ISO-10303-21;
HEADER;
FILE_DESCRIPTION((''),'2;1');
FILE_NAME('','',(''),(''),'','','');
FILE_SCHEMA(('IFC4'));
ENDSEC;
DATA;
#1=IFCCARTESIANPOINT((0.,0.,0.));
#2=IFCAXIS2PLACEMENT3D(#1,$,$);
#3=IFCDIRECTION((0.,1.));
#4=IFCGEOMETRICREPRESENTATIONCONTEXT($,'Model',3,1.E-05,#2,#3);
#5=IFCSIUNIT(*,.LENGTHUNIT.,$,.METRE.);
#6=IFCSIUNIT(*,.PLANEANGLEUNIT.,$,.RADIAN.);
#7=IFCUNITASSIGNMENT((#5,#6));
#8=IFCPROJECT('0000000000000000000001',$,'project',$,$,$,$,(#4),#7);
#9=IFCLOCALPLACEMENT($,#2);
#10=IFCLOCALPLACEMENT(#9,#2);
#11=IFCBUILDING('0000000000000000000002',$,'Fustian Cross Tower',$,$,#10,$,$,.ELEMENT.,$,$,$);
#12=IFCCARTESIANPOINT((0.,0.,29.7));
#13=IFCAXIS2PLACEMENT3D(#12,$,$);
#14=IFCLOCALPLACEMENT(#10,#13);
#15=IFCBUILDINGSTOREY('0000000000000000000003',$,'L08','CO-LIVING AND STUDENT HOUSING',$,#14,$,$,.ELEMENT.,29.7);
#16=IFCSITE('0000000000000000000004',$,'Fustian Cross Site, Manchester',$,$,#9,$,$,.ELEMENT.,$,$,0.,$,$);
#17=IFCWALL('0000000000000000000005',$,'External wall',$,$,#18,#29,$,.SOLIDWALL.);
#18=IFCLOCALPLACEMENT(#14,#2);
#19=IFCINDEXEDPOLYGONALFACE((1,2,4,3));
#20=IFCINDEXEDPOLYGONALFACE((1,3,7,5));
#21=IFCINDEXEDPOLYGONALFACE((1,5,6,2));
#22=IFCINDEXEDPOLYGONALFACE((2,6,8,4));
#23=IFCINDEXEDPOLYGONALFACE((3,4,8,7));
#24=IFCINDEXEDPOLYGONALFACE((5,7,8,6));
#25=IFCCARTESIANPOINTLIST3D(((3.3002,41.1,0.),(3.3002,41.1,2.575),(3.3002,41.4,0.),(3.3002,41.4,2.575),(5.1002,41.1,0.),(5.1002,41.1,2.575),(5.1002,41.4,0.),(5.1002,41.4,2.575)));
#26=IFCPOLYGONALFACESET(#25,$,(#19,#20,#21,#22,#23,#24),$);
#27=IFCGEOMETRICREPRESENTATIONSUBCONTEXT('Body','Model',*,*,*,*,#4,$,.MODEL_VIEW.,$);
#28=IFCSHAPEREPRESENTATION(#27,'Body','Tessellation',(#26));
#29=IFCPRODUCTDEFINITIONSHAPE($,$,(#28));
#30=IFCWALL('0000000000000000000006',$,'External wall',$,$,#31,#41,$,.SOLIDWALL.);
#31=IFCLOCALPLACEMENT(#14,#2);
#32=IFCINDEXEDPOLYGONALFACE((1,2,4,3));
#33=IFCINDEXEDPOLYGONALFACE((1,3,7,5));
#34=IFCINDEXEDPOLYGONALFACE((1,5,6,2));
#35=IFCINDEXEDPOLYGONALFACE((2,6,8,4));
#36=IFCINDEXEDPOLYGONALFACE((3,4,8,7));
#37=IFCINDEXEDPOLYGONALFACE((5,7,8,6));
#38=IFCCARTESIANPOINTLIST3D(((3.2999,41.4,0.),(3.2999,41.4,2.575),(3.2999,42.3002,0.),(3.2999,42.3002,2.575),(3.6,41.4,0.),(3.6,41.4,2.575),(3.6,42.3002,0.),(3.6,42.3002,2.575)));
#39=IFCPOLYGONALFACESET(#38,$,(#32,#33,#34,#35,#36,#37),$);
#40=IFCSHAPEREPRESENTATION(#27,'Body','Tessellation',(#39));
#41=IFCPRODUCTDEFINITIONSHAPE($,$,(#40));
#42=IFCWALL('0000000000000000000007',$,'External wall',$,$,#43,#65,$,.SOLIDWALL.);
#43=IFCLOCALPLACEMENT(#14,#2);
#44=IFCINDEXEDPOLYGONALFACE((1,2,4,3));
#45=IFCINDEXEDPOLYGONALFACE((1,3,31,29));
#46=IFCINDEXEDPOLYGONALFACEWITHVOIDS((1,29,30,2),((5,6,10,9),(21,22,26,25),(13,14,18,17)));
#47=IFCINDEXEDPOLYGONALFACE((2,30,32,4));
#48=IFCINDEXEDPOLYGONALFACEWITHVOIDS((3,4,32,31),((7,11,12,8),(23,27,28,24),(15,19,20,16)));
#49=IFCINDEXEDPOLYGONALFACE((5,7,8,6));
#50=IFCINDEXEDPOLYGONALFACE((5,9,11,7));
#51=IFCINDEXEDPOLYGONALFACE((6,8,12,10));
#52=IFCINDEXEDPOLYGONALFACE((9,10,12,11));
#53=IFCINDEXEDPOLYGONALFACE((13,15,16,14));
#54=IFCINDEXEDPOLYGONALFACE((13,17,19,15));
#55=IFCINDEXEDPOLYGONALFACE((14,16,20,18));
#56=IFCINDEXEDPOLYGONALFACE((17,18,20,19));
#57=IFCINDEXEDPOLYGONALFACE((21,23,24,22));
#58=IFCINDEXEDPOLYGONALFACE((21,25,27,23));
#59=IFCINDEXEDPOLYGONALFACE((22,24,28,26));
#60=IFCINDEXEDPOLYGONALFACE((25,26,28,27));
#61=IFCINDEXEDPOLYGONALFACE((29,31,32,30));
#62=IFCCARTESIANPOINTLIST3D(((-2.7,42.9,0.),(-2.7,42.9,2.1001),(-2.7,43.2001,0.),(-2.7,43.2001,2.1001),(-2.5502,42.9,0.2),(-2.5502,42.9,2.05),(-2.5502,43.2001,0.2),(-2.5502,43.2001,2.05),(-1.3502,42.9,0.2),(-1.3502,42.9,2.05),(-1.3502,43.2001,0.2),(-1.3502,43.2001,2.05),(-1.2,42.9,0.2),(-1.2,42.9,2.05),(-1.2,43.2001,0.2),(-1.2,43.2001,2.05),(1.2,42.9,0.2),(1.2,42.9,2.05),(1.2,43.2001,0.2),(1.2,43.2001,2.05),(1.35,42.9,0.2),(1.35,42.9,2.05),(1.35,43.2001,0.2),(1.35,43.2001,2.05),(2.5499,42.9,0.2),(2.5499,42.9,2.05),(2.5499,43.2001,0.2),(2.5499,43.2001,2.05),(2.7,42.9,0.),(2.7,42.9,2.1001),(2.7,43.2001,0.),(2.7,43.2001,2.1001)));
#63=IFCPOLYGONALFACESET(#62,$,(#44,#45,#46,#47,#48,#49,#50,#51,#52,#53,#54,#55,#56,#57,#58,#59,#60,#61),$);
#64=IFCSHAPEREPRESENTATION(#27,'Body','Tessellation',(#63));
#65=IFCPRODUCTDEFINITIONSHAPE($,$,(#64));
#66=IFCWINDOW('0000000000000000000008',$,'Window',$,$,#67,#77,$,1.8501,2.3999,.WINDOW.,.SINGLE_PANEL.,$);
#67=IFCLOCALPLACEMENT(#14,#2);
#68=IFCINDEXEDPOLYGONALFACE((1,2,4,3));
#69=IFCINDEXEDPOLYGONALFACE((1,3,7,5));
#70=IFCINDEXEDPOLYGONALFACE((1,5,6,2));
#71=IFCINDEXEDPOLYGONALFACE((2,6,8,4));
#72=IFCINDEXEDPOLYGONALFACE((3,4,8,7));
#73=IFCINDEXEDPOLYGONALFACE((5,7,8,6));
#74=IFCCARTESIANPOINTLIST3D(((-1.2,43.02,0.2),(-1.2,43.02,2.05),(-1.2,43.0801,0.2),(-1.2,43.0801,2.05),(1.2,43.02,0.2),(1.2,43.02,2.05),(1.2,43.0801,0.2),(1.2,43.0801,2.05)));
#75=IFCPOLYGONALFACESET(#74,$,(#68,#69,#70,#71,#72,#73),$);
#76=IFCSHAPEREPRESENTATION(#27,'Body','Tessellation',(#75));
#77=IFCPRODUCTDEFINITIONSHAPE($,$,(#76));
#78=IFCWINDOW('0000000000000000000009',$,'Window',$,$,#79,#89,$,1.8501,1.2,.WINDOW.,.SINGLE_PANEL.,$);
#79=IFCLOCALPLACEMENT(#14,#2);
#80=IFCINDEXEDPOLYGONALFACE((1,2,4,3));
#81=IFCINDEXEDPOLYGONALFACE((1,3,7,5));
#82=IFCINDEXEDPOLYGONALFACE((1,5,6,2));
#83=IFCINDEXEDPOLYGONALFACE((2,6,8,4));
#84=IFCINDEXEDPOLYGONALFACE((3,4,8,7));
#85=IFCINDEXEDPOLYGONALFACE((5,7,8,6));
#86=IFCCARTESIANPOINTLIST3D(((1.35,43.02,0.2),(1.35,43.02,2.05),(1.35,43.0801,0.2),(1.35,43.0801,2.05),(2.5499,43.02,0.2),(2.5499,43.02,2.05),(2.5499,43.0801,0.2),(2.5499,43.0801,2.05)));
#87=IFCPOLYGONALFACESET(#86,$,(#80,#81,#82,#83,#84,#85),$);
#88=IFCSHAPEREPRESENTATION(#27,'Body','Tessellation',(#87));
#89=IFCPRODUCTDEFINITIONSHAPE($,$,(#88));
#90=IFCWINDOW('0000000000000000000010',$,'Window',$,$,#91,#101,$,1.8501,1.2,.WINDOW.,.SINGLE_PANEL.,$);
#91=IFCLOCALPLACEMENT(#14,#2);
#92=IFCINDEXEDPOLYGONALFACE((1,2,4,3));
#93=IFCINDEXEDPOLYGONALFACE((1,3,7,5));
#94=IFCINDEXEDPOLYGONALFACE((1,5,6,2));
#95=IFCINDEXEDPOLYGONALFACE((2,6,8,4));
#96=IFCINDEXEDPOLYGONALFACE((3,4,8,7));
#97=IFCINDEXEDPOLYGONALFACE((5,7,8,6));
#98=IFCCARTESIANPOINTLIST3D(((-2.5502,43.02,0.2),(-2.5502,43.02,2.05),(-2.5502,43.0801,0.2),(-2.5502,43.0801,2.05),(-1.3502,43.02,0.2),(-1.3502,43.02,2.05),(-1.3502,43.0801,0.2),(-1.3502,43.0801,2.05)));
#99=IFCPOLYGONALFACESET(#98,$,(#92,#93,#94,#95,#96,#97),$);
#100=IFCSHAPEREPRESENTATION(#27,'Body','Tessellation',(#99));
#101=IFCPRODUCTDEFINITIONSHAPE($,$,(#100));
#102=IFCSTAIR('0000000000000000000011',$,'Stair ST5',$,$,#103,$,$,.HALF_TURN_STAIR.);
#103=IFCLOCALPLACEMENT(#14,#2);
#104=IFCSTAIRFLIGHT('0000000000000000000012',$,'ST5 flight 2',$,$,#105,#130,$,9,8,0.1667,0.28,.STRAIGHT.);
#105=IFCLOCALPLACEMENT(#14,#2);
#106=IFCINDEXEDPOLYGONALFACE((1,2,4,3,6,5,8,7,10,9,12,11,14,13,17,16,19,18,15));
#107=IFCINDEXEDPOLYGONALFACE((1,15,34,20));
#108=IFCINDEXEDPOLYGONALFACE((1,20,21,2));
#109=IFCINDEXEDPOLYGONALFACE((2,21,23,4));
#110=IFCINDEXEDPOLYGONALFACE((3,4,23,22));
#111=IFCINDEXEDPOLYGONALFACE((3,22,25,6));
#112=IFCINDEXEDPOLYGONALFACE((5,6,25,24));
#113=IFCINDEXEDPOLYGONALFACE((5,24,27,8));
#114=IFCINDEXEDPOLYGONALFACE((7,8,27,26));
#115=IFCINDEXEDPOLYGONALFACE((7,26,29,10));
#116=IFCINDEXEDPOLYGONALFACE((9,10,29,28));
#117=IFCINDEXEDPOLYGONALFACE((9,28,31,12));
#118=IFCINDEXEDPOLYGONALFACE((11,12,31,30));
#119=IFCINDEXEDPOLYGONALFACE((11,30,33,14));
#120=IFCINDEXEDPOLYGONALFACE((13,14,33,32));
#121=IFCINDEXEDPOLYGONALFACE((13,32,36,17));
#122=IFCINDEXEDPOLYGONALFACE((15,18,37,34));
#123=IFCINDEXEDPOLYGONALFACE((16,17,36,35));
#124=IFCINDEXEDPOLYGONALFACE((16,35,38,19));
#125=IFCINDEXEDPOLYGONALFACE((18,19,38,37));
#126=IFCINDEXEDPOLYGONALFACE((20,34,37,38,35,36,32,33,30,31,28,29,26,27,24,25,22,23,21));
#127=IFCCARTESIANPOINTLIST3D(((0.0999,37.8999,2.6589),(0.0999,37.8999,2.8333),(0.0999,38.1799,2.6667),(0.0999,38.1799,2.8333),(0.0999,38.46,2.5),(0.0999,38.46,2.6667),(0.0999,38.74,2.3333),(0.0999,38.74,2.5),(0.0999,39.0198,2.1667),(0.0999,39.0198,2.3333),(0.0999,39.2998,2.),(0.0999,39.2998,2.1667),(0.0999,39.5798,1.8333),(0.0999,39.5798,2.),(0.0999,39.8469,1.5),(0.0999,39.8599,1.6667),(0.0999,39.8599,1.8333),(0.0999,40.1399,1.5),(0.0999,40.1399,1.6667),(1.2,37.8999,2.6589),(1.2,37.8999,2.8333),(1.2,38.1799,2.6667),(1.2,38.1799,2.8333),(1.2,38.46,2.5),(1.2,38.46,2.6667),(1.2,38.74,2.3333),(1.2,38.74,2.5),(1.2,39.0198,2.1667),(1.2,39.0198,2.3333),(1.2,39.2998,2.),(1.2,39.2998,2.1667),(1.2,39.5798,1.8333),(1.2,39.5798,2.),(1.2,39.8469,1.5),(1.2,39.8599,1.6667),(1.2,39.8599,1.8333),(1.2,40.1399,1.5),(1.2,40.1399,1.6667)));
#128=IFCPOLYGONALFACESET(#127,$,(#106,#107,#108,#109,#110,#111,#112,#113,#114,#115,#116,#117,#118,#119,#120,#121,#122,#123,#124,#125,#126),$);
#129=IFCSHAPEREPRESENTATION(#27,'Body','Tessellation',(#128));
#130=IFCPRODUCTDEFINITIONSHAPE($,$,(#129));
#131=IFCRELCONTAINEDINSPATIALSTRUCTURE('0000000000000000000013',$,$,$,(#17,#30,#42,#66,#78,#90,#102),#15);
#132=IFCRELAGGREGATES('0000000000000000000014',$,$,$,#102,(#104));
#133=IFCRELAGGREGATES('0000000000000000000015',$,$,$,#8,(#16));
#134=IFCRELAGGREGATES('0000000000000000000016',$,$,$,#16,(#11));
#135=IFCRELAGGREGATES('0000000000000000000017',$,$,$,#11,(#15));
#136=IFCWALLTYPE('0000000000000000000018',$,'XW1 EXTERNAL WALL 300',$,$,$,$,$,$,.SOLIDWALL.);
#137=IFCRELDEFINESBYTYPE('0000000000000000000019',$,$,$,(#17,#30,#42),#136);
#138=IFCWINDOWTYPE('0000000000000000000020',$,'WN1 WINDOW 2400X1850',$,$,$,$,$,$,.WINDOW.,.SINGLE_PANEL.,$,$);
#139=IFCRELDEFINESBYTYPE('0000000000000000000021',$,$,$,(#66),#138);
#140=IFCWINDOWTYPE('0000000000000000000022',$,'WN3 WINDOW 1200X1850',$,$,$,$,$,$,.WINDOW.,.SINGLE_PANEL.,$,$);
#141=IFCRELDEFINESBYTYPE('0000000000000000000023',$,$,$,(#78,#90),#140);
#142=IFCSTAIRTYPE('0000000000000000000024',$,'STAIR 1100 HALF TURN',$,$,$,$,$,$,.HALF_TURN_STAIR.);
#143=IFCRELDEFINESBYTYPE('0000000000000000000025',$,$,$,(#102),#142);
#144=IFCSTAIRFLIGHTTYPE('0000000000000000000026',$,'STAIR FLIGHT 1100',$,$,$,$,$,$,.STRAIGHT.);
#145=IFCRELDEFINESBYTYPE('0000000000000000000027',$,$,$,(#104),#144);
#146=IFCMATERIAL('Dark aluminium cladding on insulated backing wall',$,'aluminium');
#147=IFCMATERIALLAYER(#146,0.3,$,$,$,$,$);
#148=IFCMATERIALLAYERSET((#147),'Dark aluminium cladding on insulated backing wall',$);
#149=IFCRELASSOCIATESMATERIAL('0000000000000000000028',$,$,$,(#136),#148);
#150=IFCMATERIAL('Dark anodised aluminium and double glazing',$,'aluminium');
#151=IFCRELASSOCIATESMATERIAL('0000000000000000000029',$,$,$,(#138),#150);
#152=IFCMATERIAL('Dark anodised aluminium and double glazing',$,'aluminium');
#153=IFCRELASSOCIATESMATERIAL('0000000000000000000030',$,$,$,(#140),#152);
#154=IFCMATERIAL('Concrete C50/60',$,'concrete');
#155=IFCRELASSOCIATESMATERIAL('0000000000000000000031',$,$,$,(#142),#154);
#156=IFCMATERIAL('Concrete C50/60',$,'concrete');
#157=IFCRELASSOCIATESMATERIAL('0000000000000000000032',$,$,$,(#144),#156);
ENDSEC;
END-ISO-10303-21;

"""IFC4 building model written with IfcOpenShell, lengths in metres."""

from ifc_helpers import new_model, si_unit, direction, frame, frame_2d, origin, place, context, subcontext, project, spatial, polyline, rectangle, outline, extrude, material, layer, layer_set, type_object, element, fill, aggregate, save


model = new_model("IFC4")

# Units and contexts
model_context = context("Model", 3, precision=1e-05, world=origin(), true_north=direction((0.0, 1.0)))
body_context = subcontext(model_context, "Body", "Model", "MODEL_VIEW")
ifc_project = project(units=[si_unit("LENGTHUNIT", "METRE"), si_unit("PLANEANGLEUNIT", "RADIAN")], contexts=[model_context])

# Site, building, storey
site_placement = place(None, origin())
site = spatial("IfcSite", under=ifc_project, at=site_placement, Name="Fustian Cross Site, Manchester", CompositionType="ELEMENT", RefElevation=0.0)
building_placement = place(site_placement, origin())
building = spatial("IfcBuilding", under=site, at=building_placement, Name="Fustian Cross Tower", CompositionType="ELEMENT")
storey_placement = place(building_placement, frame((0.0, 0.0, 29.7)))
storey = spatial("IfcBuildingStorey", under=building, at=storey_placement, Name="L08", Description="CO-LIVING AND STUDENT HOUSING", CompositionType="ELEMENT", Elevation=29.7)

# Walls
ifc_material_1 = material(Name="Dark aluminium cladding on insulated backing wall", Category="aluminium")
ifc_layer_1 = layer(ifc_material_1, 0.3)
ifc_layer_set_1 = layer_set([ifc_layer_1], Name="Dark aluminium cladding on insulated backing wall")
wall_type_1 = type_object("IfcWallType", Name="XW1 EXTERNAL WALL 300", PredefinedType="SOLIDWALL", material=ifc_layer_set_1)
wall_1_placement = place(storey_placement, frame((5.1001, 41.25, 0.0), z_axis=(0.0, 0.0, 1.0), x_axis=(-1.0, 0.0, 0.0)))
element("IfcWall", 1, at=wall_1_placement, inside=storey, type_object=wall_type_1, Name="External wall", PredefinedType="SOLIDWALL", context=body_context, shape_type="SweptSolid", body=[
    extrude(rectangle(XDim=1.8, YDim=0.3, at=frame_2d((0.8999, 0.0))), origin(), (0.0, 0.0, 1.0), 2.575),
])
wall_2_placement = place(storey_placement, frame((3.45, 41.3999, 0.0), z_axis=(0.0, 0.0, 1.0), x_axis=(0.0, 1.0, 0.0)))
element("IfcWall", 2, at=wall_2_placement, inside=storey, type_object=wall_type_1, Name="External wall", PredefinedType="SOLIDWALL", context=body_context, shape_type="SweptSolid", body=[
    extrude(rectangle(XDim=0.9001, YDim=0.3, at=frame_2d((0.4502, 0.0))), origin(), (0.0, 0.0, 1.0), 2.575),
])

# Wall, openings, windows
wall_3_placement = place(storey_placement, frame((2.7, 43.05, 0.0), z_axis=(0.0, 0.0, 1.0), x_axis=(-1.0, 0.0, 0.0)))
wall_3 = element("IfcWall", 3, at=wall_3_placement, inside=storey, type_object=wall_type_1, Name="External wall", PredefinedType="SOLIDWALL", context=body_context, shape_type="SweptSolid", body=[
    extrude(rectangle(XDim=5.3999, YDim=0.3, at=frame_2d((2.7, 0.0))), origin(), (0.0, 0.0, 1.0), 2.1001),
])
opening_1_placement = place(wall_3_placement, frame((1.5, 0.0, 0.2)))
opening_1 = element("IfcOpeningElement", 4, at=opening_1_placement, cuts=wall_3, PredefinedType="OPENING", context=body_context, shape_type="SweptSolid", body=[
    extrude(rectangle(XDim=2.3999, YDim=1.8501, at=frame_2d((1.2, 0.925))), frame((0.0, 0.1599, 0.0), z_axis=(0.0, -1.0, 0.0), x_axis=(1.0, 0.0, 0.0)), (0.0, 0.0, 1.0), 0.3201),
])
opening_2_placement = place(wall_3_placement, frame((0.1499, 0.0, 0.2)))
opening_2 = element("IfcOpeningElement", 5, at=opening_2_placement, cuts=wall_3, PredefinedType="OPENING", context=body_context, shape_type="SweptSolid", body=[
    extrude(rectangle(XDim=1.2, YDim=1.8501, at=frame_2d((0.6001, 0.925))), frame((0.0, 0.1599, 0.0), z_axis=(0.0, -1.0, 0.0), x_axis=(1.0, 0.0, 0.0)), (0.0, 0.0, 1.0), 0.3201),
])
opening_3_placement = place(wall_3_placement, frame((4.05, 0.0, 0.2)))
opening_3 = element("IfcOpeningElement", 6, at=opening_3_placement, cuts=wall_3, PredefinedType="OPENING", context=body_context, shape_type="SweptSolid", body=[
    extrude(rectangle(XDim=1.2, YDim=1.8501, at=frame_2d((0.6001, 0.925))), frame((0.0, 0.1599, 0.0), z_axis=(0.0, -1.0, 0.0), x_axis=(1.0, 0.0, 0.0)), (0.0, 0.0, 1.0), 0.3201),
])
ifc_material_2 = material(Name="Dark anodised aluminium and double glazing", Category="aluminium")
window_type_1 = type_object("IfcWindowType", Name="WN1 WINDOW 2400X1850", PartitioningType="SINGLE_PANEL", PredefinedType="WINDOW", material=ifc_material_2)
window_1_placement = place(opening_1_placement, origin())
window_1 = element("IfcWindow", 7, at=window_1_placement, inside=storey, type_object=window_type_1, Name="Window", OverallHeight=1.8501, OverallWidth=2.3999, PartitioningType="SINGLE_PANEL", PredefinedType="WINDOW", context=body_context, shape_type="SweptSolid", body=[
    extrude(rectangle(XDim=2.3999, YDim=1.8501, at=frame_2d((1.2, 0.925))), frame((0.0, 0.03, 0.0), z_axis=(0.0, -1.0, 0.0), x_axis=(1.0, 0.0, 0.0)), (0.0, 0.0, 1.0), 0.0601),
])
fill(opening_1, window_1)
ifc_material_3 = material(Name="Dark anodised aluminium and double glazing", Category="aluminium")
window_type_2 = type_object("IfcWindowType", Name="WN3 WINDOW 1200X1850", PartitioningType="SINGLE_PANEL", PredefinedType="WINDOW", material=ifc_material_3)
window_2_placement = place(opening_2_placement, origin())
window_2 = element("IfcWindow", 8, at=window_2_placement, inside=storey, type_object=window_type_2, Name="Window", OverallHeight=1.8501, OverallWidth=1.2, PartitioningType="SINGLE_PANEL", PredefinedType="WINDOW", context=body_context, shape_type="SweptSolid", body=[
    extrude(rectangle(XDim=1.2, YDim=1.8501, at=frame_2d((0.6001, 0.925))), frame((0.0, 0.03, 0.0), z_axis=(0.0, -1.0, 0.0), x_axis=(1.0, 0.0, 0.0)), (0.0, 0.0, 1.0), 0.0601),
])
fill(opening_2, window_2)
window_3_placement = place(opening_3_placement, origin())
window_3 = element("IfcWindow", 9, at=window_3_placement, inside=storey, type_object=window_type_2, Name="Window", OverallHeight=1.8501, OverallWidth=1.2, PartitioningType="SINGLE_PANEL", PredefinedType="WINDOW", context=body_context, shape_type="SweptSolid", body=[
    extrude(rectangle(XDim=1.2, YDim=1.8501, at=frame_2d((0.6001, 0.925))), frame((0.0, 0.03, 0.0), z_axis=(0.0, -1.0, 0.0), x_axis=(1.0, 0.0, 0.0)), (0.0, 0.0, 1.0), 0.0601),
])
fill(opening_3, window_3)

# Stair, stair flight
ifc_material_4 = material(Name="Concrete C50/60", Category="concrete")
stair_type = type_object("IfcStairType", Name="STAIR 1100 HALF TURN", PredefinedType="HALF_TURN_STAIR", material=ifc_material_4)
stair_placement = place(storey_placement, origin())
stair = element("IfcStair", 10, at=stair_placement, inside=storey, type_object=stair_type, Name="Stair ST5", PredefinedType="HALF_TURN_STAIR")
ifc_material_5 = material(Name="Concrete C50/60", Category="concrete")
stair_flight_type = type_object("IfcStairFlightType", Name="STAIR FLIGHT 1100", PredefinedType="STRAIGHT", material=ifc_material_5)
stair_flight_placement = place(storey_placement, frame((0.6499, 40.1399, 1.5), z_axis=(0.0, 0.0, 1.0), x_axis=(0.0, -1.0, 0.0)))
stair_flight = element("IfcStairFlight", 11, at=stair_flight_placement, type_object=stair_flight_type, Name="ST5 flight 2", NumberOfRisers=9, NumberOfTreads=8, PredefinedType="STRAIGHT", RiserHeight=0.1667, TreadLength=0.28, context=body_context, shape_type="SweptSolid", body=[
    extrude(outline(polyline([(0.0, 0.0), (0.0, 0.1667), (0.28, 0.1667), (0.28, 0.3333), (0.5601, 0.3333), (0.5601, 0.5), (0.8401, 0.5), (0.8401, 0.6667), (1.1201, 0.6667), (1.1201, 0.8333), (1.3999, 0.8333), (1.3999, 1.0), (1.6799, 1.0), (1.6799, 1.1667), (1.96, 1.1667), (1.96, 1.3333), (2.24, 1.3333), (2.24, 1.5), (2.24, 1.1589), (0.293, 0.0), (0.0, 0.0)])), frame((0.0, 0.55, 0.0), z_axis=(0.0, -1.0, 0.0), x_axis=(1.0, 0.0, 0.0)), (0.0, 0.0, 1.0), 1.1001),
])
aggregate(stair, [stair_flight])

save(model, "model.ifc")
